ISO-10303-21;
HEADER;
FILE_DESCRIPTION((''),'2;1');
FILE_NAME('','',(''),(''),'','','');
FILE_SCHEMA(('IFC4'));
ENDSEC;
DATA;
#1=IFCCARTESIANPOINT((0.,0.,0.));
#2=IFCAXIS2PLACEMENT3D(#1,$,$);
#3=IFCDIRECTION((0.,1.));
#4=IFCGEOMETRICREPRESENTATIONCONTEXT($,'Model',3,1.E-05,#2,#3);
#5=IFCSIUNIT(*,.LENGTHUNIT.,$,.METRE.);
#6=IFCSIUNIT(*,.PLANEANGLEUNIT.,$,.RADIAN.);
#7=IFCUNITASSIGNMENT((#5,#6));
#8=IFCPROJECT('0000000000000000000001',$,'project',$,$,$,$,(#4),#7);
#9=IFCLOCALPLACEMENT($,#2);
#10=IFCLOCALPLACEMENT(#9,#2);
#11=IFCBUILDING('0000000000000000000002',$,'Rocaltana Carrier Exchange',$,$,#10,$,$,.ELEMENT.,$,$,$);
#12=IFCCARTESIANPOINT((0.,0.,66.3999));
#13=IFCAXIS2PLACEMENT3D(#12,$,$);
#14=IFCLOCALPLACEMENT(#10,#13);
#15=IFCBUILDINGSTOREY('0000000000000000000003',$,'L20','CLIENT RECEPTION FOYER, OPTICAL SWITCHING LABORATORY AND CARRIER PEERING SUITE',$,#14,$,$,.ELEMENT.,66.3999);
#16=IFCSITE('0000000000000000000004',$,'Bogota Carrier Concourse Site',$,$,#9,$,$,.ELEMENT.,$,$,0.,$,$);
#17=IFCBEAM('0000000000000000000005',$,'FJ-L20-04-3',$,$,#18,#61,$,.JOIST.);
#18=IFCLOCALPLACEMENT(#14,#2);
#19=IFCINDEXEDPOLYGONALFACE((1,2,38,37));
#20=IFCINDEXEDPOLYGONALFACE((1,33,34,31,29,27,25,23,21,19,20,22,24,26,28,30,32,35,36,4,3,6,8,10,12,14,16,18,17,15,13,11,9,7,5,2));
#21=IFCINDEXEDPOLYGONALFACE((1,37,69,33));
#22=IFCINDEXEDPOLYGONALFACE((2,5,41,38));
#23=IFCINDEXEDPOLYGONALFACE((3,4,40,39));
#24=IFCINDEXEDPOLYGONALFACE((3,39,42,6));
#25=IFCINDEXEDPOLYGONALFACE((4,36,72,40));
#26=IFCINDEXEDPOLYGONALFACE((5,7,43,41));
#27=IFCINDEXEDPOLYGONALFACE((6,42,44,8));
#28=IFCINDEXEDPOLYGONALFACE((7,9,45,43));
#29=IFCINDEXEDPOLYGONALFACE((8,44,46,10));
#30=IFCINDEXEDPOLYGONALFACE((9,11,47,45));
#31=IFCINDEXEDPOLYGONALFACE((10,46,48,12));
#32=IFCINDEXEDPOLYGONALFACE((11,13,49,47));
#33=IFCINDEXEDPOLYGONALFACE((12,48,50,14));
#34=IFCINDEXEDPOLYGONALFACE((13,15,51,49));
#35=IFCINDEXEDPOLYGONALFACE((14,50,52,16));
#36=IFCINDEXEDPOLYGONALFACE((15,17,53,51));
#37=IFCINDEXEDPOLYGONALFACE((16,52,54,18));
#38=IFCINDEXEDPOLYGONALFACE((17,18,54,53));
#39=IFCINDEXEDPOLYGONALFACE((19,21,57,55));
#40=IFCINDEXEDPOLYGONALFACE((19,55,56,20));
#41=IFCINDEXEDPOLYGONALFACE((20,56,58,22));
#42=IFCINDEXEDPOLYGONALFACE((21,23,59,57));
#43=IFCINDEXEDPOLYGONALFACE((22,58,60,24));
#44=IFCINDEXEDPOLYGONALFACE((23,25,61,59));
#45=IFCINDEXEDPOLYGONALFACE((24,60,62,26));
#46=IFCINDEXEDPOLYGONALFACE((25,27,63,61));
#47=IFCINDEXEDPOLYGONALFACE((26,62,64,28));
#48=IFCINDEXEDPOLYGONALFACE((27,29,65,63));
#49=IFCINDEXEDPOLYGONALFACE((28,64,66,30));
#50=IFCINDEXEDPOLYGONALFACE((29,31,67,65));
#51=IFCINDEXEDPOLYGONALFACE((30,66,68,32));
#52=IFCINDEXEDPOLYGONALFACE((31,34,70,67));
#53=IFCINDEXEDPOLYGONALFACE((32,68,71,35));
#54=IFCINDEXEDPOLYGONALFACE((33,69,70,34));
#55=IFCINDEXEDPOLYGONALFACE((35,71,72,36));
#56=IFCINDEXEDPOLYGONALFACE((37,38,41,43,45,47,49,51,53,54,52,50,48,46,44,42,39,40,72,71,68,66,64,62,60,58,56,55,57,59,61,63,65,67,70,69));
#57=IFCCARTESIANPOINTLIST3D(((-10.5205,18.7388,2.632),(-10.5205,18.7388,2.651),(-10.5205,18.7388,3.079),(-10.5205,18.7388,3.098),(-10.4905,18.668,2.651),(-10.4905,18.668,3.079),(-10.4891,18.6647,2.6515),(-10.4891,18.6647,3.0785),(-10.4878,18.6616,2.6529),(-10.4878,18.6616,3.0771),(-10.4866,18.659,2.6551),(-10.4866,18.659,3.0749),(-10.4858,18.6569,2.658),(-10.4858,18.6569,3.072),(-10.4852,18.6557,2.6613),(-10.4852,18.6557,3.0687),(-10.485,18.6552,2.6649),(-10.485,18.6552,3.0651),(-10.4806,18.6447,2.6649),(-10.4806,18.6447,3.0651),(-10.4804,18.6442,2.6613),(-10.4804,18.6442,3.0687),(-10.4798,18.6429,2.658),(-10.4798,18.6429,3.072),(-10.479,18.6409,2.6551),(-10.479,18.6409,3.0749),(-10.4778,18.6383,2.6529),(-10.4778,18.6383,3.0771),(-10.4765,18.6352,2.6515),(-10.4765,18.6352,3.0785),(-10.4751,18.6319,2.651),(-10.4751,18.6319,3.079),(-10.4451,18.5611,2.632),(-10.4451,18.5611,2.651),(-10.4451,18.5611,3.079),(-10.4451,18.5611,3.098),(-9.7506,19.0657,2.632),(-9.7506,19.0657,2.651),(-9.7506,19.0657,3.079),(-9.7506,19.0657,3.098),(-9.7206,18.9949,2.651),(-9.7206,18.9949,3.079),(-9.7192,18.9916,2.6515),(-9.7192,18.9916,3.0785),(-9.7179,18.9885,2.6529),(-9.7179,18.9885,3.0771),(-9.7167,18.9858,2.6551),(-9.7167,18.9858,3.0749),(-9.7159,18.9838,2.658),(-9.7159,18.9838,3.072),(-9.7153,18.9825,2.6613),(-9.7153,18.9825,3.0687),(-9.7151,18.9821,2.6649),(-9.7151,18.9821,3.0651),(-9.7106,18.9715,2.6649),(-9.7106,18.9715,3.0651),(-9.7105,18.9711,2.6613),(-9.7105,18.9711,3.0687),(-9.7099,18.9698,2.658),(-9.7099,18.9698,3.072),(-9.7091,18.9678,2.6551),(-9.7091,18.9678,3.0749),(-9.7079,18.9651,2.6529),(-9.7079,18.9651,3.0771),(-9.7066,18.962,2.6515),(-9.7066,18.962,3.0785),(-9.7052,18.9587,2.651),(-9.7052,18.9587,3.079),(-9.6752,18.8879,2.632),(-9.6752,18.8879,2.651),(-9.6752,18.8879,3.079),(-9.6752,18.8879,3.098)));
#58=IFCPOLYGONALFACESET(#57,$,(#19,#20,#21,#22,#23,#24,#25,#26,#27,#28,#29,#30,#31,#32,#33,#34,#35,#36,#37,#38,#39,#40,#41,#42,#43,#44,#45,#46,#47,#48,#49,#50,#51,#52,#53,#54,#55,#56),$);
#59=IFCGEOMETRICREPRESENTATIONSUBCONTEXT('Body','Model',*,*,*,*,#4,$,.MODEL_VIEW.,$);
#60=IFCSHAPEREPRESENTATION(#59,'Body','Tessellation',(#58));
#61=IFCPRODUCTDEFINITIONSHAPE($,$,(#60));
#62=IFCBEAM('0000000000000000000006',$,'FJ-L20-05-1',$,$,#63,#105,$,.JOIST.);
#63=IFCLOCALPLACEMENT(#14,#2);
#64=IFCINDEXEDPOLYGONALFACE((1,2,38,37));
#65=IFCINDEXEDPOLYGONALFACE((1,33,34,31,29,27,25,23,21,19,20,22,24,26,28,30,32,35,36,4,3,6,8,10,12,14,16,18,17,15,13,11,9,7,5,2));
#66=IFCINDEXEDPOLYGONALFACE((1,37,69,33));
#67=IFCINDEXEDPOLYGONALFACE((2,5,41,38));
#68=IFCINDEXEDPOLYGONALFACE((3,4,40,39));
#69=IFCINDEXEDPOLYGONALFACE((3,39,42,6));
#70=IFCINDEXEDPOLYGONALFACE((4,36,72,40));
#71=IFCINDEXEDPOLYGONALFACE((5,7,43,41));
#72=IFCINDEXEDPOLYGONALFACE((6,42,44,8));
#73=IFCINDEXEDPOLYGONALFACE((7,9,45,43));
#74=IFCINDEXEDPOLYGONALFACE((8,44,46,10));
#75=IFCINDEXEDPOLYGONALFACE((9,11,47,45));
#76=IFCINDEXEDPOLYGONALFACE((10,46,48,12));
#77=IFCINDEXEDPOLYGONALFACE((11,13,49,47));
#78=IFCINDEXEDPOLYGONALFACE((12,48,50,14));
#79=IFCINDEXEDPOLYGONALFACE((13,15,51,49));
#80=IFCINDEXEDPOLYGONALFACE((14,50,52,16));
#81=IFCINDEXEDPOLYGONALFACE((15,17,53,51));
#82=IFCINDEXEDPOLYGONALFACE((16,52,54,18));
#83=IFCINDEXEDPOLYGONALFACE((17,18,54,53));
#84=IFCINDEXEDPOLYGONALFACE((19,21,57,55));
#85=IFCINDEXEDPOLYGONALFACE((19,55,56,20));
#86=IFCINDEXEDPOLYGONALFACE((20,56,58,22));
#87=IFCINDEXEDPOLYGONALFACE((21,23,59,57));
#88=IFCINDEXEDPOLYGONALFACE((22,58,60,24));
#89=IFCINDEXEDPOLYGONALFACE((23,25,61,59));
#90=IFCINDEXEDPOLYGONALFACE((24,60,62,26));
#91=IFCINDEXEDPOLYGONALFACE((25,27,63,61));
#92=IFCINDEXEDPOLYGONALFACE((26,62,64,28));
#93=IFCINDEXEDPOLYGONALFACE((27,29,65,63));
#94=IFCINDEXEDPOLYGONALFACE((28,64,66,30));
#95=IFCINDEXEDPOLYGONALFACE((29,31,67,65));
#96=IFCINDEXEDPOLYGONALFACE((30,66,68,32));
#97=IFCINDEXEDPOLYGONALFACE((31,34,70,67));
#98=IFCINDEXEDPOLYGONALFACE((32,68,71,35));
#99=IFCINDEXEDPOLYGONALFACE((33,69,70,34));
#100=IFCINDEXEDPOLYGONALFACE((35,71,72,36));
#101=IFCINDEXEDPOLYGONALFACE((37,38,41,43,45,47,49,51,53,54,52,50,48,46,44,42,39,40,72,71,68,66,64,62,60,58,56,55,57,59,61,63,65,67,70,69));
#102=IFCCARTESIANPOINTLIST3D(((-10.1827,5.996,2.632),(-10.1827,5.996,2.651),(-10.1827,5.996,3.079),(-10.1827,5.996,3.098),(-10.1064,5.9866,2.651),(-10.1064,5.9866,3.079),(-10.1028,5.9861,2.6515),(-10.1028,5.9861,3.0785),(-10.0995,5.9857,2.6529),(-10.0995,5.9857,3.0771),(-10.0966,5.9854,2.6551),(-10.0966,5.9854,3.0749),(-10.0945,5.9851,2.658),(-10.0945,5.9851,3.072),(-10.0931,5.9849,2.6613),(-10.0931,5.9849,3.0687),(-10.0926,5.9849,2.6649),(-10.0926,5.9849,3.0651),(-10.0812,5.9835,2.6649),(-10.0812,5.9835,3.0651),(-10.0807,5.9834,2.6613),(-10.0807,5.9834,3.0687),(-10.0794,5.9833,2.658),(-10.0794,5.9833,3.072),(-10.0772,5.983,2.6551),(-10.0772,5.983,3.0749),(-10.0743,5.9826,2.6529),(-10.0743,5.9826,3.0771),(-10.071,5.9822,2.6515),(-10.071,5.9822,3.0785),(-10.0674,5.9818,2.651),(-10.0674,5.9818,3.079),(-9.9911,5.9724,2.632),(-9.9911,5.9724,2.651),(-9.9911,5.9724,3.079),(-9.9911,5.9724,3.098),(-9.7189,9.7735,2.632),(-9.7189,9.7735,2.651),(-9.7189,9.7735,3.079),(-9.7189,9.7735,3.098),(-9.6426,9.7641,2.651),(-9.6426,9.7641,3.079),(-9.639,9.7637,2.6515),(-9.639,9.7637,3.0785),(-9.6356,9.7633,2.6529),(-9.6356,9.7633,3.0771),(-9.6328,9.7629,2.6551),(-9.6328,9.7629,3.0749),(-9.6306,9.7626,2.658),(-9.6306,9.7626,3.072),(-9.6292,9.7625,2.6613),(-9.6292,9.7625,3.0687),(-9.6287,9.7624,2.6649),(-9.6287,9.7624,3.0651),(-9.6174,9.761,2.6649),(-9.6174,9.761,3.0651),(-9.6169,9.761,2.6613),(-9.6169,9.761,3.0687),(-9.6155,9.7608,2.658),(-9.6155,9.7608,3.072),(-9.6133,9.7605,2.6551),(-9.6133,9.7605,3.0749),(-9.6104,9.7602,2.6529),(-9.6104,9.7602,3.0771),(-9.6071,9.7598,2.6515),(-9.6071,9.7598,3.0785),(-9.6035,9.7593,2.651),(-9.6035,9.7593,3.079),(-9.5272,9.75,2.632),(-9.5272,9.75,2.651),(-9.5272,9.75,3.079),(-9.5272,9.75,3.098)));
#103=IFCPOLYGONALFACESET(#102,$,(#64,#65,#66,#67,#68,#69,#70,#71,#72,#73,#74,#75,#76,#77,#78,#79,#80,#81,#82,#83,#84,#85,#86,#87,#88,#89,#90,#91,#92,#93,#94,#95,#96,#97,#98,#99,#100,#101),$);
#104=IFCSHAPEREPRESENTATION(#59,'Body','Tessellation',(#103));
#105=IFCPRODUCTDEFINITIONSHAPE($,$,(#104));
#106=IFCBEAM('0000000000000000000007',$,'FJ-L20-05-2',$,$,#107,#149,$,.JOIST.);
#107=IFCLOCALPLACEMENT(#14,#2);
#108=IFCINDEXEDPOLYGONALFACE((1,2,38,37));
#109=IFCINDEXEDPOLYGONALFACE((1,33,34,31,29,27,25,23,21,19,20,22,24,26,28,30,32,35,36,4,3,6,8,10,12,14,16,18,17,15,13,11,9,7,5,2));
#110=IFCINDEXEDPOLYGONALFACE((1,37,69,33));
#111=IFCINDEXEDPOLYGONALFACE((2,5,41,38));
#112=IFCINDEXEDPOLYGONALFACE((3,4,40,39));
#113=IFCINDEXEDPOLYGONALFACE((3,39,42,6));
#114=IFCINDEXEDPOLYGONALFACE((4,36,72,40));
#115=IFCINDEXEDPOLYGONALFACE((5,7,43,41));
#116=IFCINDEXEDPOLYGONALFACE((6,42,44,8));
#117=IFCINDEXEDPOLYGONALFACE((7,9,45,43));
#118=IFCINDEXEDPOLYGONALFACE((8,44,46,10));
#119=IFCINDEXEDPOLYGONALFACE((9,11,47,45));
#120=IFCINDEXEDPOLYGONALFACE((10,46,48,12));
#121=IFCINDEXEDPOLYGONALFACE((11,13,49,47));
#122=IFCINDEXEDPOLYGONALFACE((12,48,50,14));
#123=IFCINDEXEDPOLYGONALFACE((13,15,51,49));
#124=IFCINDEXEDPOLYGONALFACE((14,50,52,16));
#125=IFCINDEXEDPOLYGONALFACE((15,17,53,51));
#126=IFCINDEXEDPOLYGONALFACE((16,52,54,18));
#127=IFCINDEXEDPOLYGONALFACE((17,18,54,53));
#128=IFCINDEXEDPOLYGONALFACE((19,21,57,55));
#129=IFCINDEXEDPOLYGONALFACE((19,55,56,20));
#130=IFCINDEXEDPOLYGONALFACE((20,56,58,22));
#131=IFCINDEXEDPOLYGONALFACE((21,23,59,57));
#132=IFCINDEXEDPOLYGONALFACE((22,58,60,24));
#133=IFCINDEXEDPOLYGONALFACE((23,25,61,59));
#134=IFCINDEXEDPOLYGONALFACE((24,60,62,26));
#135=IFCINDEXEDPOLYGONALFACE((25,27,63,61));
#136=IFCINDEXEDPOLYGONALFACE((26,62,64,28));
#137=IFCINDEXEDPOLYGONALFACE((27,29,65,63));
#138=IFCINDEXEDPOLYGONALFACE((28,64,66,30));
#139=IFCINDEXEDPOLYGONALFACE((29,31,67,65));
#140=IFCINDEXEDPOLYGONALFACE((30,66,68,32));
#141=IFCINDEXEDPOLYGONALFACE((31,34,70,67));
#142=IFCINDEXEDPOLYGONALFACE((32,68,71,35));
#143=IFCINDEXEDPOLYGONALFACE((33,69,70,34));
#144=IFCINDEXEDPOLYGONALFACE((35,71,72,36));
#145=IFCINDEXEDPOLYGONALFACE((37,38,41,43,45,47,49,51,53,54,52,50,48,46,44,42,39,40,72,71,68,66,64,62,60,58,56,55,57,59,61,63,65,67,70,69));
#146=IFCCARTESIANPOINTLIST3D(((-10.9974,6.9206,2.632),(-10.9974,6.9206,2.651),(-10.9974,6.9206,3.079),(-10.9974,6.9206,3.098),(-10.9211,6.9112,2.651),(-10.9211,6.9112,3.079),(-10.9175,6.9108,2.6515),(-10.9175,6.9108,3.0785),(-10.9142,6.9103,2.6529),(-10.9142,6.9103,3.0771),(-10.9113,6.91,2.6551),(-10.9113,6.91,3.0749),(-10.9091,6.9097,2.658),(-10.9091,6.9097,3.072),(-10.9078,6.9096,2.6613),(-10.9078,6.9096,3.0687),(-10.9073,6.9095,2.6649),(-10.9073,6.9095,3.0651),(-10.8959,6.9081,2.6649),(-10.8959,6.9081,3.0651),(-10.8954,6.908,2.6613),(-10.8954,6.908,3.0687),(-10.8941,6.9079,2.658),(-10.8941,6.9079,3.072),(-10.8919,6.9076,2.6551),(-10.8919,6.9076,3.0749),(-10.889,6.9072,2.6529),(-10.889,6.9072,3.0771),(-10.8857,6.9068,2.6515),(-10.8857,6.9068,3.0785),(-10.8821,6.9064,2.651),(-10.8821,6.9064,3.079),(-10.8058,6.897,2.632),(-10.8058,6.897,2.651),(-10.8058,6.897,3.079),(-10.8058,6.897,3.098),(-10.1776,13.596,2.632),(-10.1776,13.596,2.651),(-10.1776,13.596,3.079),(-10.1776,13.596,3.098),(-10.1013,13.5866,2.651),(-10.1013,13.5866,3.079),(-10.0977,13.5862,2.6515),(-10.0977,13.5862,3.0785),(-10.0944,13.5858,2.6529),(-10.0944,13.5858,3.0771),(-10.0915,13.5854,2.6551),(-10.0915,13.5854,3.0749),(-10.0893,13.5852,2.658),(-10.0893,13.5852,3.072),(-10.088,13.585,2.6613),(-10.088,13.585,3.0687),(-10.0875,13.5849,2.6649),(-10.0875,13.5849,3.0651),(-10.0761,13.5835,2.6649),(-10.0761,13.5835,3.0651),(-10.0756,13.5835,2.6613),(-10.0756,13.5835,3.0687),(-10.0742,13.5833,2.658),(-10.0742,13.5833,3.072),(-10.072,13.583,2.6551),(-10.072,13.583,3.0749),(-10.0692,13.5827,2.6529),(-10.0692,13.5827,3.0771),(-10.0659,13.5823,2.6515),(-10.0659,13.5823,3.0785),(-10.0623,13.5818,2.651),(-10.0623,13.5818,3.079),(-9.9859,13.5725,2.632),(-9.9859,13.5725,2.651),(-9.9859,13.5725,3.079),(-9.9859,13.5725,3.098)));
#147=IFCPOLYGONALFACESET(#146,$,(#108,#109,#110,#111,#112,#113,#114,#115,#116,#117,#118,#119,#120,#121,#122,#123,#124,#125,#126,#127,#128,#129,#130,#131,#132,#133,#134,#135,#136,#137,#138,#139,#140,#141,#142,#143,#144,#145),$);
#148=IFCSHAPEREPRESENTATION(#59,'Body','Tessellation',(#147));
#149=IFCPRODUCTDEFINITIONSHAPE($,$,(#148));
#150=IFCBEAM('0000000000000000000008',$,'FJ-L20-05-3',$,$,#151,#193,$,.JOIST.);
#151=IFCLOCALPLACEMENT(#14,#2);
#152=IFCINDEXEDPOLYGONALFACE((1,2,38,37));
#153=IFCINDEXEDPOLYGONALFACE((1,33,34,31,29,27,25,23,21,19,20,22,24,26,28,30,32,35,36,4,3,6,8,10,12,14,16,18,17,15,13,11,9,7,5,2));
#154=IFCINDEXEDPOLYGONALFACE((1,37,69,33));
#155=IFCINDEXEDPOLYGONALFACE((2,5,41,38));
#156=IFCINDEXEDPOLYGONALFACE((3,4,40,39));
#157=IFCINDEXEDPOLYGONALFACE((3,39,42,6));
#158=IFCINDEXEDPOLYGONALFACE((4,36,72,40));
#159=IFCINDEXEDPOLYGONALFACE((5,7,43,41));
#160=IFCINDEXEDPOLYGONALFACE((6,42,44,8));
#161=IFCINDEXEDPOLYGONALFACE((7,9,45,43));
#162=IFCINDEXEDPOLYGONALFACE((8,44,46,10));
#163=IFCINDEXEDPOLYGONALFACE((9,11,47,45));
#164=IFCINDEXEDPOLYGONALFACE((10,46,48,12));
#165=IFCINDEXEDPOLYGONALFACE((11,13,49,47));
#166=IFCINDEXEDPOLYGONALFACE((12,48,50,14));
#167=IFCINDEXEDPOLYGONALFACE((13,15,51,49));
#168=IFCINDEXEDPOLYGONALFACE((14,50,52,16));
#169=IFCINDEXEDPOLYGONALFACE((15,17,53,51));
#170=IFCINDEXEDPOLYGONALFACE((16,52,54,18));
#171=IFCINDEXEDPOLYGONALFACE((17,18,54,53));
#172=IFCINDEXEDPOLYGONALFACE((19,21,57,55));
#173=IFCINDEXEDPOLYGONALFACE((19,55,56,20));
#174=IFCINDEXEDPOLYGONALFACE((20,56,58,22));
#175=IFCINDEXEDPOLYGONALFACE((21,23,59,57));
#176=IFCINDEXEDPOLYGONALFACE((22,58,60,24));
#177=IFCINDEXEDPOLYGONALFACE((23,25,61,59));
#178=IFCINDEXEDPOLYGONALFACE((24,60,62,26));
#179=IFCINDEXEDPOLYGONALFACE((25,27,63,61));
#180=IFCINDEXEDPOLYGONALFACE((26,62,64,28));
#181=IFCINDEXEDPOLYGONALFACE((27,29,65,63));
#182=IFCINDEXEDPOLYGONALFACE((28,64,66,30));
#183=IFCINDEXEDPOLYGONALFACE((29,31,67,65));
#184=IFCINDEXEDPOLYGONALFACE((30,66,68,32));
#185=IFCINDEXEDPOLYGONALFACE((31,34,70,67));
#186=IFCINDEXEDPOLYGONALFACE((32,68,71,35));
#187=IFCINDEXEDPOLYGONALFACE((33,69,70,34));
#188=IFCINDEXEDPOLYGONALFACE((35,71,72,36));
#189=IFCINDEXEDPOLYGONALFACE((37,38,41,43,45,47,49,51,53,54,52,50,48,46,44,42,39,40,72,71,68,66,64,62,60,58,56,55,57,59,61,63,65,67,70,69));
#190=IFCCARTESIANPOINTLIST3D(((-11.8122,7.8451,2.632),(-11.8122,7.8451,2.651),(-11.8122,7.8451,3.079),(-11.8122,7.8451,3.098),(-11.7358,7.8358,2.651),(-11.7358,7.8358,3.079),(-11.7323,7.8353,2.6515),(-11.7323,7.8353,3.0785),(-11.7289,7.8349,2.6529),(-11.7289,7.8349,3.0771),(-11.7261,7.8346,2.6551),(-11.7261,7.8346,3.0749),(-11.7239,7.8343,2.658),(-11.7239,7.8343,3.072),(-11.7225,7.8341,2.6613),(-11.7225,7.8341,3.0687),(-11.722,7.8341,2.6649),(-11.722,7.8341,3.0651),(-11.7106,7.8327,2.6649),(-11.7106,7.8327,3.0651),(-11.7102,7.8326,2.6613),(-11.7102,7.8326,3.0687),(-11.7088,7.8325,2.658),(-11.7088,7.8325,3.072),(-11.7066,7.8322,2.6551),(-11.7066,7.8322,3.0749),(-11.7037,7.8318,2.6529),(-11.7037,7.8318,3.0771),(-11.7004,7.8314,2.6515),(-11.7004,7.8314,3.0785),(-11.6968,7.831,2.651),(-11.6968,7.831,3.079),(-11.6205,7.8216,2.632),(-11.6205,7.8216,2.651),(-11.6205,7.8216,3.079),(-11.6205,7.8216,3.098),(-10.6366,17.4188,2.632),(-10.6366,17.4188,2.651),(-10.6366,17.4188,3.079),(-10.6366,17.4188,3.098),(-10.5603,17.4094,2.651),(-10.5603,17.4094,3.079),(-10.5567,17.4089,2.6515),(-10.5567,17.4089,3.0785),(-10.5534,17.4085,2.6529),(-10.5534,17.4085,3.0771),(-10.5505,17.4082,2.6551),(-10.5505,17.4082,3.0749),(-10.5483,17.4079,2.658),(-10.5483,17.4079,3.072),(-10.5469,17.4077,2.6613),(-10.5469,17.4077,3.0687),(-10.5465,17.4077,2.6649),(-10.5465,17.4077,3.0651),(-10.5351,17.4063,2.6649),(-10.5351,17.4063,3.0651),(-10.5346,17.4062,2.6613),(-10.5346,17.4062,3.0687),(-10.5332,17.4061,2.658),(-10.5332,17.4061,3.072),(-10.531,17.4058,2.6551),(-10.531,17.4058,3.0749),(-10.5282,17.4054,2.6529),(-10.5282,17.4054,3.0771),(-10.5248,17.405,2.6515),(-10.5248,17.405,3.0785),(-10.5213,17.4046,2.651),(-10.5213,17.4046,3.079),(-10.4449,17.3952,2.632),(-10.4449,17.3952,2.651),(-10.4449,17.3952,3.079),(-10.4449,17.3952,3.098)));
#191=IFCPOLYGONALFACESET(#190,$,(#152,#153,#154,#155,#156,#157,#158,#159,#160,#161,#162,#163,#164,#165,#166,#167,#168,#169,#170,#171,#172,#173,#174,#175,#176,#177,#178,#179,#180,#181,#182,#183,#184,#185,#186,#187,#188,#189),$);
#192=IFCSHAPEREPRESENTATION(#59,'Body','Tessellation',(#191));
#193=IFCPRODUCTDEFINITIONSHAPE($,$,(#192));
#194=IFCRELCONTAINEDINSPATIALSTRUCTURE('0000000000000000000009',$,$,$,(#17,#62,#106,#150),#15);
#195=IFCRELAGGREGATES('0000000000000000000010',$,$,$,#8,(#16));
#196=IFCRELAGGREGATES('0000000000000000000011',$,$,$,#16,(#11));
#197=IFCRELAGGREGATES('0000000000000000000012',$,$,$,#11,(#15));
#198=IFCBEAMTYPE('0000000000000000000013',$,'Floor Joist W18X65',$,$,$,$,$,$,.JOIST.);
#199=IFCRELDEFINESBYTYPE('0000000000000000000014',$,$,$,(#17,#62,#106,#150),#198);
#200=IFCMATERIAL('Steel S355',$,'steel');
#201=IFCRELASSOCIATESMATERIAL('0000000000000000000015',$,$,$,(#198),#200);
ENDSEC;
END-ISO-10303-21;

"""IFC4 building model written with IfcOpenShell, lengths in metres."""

from ifc_helpers import new_model, si_unit, direction, frame, origin, origin_2d, place, context, subcontext, project, spatial, i_section, extrude, material, material_profile, profile_set, type_object, element, save


model = new_model("IFC4")

# Units and contexts
model_context = context("Model", 3, precision=1e-05, world=origin(), true_north=direction((0.0, 1.0)))
body_context = subcontext(model_context, "Body", "Model", "MODEL_VIEW")
ifc_project = project(units=[si_unit("LENGTHUNIT", "METRE"), si_unit("PLANEANGLEUNIT", "RADIAN")], contexts=[model_context])

# Site, building, storey
site_placement = place(None, origin())
site = spatial("IfcSite", under=ifc_project, at=site_placement, Name="Bogota Carrier Concourse Site", CompositionType="ELEMENT", RefElevation=0.0)
building_placement = place(site_placement, origin())
building = spatial("IfcBuilding", under=site, at=building_placement, Name="Rocaltana Carrier Exchange", CompositionType="ELEMENT")
storey_placement = place(building_placement, frame((0.0, 0.0, 66.3999)))
storey = spatial("IfcBuildingStorey", under=building, at=storey_placement, Name="L20", Description="CLIENT RECEPTION FOYER, OPTICAL SWITCHING LABORATORY AND CARRIER PEERING SUITE", CompositionType="ELEMENT", Elevation=66.3999)

# Beams
ifc_material_1 = material(Name="Steel S355", Category="steel")
ifc_material_profile_1 = material_profile(ifc_material_1, i_section(OverallWidth=0.1931, OverallDepth=0.4661, WebThickness=0.0115, FlangeThickness=0.019, FilletRadius=0.0139, at=origin_2d()), Name="W18X65")
ifc_profile_set_1 = profile_set([ifc_material_profile_1], Name="Steel S355")
beam_type_1 = type_object("IfcBeamType", Name="Floor Joist W18X65", PredefinedType="JOIST", material=ifc_profile_set_1)
beam_1_placement = place(storey_placement, frame((-9.7129, 18.9768, 2.865), z_axis=(-0.920483, -0.390782, 0.0), x_axis=(0.390782, -0.920483, 0.0)))
element("IfcBeam", 1, at=beam_1_placement, inside=storey, type_object=beam_type_1, Name="FJ-L20-04-3", PredefinedType="JOIST", context=body_context, shape_type="SweptSolid", body=[
    extrude(i_section(OverallWidth=0.1931, OverallDepth=0.4661, WebThickness=0.0115, FlangeThickness=0.019, FilletRadius=0.0139, at=origin_2d()), origin(), (0.0, 0.0, 1.0), 0.8364),
])
beam_2_placement = place(storey_placement, frame((-9.623, 9.7617, 2.865), z_axis=(-0.121879, -0.992545, 0.0), x_axis=(0.992545, -0.121879, 0.0)))
element("IfcBeam", 2, at=beam_2_placement, inside=storey, type_object=beam_type_1, Name="FJ-L20-05-1", PredefinedType="JOIST", context=body_context, shape_type="SweptSolid", body=[
    extrude(i_section(OverallWidth=0.1931, OverallDepth=0.4661, WebThickness=0.0115, FlangeThickness=0.019, FilletRadius=0.0139, at=origin_2d()), origin(), (0.0, 0.0, 1.0), 3.8059),
])
beam_3_placement = place(storey_placement, frame((-10.0818, 13.5842, 2.865), z_axis=(-0.121894, -0.992543, 0.0), x_axis=(0.992543, -0.121894, 0.0)))
element("IfcBeam", 3, at=beam_3_placement, inside=storey, type_object=beam_type_1, Name="FJ-L20-05-2", PredefinedType="JOIST", context=body_context, shape_type="SweptSolid", body=[
    extrude(i_section(OverallWidth=0.1931, OverallDepth=0.4661, WebThickness=0.0115, FlangeThickness=0.019, FilletRadius=0.0139, at=origin_2d()), origin(), (0.0, 0.0, 1.0), 6.7256),
])
beam_4_placement = place(storey_placement, frame((-10.5408, 17.407, 2.865), z_axis=(-0.121876, -0.992545, 0.0), x_axis=(0.992545, -0.121876, 0.0)))
element("IfcBeam", 4, at=beam_4_placement, inside=storey, type_object=beam_type_1, Name="FJ-L20-05-3", PredefinedType="JOIST", context=body_context, shape_type="SweptSolid", body=[
    extrude(i_section(OverallWidth=0.1931, OverallDepth=0.4661, WebThickness=0.0115, FlangeThickness=0.019, FilletRadius=0.0139, at=origin_2d()), origin(), (0.0, 0.0, 1.0), 9.6455),
])

save(model, "model.ifc")
